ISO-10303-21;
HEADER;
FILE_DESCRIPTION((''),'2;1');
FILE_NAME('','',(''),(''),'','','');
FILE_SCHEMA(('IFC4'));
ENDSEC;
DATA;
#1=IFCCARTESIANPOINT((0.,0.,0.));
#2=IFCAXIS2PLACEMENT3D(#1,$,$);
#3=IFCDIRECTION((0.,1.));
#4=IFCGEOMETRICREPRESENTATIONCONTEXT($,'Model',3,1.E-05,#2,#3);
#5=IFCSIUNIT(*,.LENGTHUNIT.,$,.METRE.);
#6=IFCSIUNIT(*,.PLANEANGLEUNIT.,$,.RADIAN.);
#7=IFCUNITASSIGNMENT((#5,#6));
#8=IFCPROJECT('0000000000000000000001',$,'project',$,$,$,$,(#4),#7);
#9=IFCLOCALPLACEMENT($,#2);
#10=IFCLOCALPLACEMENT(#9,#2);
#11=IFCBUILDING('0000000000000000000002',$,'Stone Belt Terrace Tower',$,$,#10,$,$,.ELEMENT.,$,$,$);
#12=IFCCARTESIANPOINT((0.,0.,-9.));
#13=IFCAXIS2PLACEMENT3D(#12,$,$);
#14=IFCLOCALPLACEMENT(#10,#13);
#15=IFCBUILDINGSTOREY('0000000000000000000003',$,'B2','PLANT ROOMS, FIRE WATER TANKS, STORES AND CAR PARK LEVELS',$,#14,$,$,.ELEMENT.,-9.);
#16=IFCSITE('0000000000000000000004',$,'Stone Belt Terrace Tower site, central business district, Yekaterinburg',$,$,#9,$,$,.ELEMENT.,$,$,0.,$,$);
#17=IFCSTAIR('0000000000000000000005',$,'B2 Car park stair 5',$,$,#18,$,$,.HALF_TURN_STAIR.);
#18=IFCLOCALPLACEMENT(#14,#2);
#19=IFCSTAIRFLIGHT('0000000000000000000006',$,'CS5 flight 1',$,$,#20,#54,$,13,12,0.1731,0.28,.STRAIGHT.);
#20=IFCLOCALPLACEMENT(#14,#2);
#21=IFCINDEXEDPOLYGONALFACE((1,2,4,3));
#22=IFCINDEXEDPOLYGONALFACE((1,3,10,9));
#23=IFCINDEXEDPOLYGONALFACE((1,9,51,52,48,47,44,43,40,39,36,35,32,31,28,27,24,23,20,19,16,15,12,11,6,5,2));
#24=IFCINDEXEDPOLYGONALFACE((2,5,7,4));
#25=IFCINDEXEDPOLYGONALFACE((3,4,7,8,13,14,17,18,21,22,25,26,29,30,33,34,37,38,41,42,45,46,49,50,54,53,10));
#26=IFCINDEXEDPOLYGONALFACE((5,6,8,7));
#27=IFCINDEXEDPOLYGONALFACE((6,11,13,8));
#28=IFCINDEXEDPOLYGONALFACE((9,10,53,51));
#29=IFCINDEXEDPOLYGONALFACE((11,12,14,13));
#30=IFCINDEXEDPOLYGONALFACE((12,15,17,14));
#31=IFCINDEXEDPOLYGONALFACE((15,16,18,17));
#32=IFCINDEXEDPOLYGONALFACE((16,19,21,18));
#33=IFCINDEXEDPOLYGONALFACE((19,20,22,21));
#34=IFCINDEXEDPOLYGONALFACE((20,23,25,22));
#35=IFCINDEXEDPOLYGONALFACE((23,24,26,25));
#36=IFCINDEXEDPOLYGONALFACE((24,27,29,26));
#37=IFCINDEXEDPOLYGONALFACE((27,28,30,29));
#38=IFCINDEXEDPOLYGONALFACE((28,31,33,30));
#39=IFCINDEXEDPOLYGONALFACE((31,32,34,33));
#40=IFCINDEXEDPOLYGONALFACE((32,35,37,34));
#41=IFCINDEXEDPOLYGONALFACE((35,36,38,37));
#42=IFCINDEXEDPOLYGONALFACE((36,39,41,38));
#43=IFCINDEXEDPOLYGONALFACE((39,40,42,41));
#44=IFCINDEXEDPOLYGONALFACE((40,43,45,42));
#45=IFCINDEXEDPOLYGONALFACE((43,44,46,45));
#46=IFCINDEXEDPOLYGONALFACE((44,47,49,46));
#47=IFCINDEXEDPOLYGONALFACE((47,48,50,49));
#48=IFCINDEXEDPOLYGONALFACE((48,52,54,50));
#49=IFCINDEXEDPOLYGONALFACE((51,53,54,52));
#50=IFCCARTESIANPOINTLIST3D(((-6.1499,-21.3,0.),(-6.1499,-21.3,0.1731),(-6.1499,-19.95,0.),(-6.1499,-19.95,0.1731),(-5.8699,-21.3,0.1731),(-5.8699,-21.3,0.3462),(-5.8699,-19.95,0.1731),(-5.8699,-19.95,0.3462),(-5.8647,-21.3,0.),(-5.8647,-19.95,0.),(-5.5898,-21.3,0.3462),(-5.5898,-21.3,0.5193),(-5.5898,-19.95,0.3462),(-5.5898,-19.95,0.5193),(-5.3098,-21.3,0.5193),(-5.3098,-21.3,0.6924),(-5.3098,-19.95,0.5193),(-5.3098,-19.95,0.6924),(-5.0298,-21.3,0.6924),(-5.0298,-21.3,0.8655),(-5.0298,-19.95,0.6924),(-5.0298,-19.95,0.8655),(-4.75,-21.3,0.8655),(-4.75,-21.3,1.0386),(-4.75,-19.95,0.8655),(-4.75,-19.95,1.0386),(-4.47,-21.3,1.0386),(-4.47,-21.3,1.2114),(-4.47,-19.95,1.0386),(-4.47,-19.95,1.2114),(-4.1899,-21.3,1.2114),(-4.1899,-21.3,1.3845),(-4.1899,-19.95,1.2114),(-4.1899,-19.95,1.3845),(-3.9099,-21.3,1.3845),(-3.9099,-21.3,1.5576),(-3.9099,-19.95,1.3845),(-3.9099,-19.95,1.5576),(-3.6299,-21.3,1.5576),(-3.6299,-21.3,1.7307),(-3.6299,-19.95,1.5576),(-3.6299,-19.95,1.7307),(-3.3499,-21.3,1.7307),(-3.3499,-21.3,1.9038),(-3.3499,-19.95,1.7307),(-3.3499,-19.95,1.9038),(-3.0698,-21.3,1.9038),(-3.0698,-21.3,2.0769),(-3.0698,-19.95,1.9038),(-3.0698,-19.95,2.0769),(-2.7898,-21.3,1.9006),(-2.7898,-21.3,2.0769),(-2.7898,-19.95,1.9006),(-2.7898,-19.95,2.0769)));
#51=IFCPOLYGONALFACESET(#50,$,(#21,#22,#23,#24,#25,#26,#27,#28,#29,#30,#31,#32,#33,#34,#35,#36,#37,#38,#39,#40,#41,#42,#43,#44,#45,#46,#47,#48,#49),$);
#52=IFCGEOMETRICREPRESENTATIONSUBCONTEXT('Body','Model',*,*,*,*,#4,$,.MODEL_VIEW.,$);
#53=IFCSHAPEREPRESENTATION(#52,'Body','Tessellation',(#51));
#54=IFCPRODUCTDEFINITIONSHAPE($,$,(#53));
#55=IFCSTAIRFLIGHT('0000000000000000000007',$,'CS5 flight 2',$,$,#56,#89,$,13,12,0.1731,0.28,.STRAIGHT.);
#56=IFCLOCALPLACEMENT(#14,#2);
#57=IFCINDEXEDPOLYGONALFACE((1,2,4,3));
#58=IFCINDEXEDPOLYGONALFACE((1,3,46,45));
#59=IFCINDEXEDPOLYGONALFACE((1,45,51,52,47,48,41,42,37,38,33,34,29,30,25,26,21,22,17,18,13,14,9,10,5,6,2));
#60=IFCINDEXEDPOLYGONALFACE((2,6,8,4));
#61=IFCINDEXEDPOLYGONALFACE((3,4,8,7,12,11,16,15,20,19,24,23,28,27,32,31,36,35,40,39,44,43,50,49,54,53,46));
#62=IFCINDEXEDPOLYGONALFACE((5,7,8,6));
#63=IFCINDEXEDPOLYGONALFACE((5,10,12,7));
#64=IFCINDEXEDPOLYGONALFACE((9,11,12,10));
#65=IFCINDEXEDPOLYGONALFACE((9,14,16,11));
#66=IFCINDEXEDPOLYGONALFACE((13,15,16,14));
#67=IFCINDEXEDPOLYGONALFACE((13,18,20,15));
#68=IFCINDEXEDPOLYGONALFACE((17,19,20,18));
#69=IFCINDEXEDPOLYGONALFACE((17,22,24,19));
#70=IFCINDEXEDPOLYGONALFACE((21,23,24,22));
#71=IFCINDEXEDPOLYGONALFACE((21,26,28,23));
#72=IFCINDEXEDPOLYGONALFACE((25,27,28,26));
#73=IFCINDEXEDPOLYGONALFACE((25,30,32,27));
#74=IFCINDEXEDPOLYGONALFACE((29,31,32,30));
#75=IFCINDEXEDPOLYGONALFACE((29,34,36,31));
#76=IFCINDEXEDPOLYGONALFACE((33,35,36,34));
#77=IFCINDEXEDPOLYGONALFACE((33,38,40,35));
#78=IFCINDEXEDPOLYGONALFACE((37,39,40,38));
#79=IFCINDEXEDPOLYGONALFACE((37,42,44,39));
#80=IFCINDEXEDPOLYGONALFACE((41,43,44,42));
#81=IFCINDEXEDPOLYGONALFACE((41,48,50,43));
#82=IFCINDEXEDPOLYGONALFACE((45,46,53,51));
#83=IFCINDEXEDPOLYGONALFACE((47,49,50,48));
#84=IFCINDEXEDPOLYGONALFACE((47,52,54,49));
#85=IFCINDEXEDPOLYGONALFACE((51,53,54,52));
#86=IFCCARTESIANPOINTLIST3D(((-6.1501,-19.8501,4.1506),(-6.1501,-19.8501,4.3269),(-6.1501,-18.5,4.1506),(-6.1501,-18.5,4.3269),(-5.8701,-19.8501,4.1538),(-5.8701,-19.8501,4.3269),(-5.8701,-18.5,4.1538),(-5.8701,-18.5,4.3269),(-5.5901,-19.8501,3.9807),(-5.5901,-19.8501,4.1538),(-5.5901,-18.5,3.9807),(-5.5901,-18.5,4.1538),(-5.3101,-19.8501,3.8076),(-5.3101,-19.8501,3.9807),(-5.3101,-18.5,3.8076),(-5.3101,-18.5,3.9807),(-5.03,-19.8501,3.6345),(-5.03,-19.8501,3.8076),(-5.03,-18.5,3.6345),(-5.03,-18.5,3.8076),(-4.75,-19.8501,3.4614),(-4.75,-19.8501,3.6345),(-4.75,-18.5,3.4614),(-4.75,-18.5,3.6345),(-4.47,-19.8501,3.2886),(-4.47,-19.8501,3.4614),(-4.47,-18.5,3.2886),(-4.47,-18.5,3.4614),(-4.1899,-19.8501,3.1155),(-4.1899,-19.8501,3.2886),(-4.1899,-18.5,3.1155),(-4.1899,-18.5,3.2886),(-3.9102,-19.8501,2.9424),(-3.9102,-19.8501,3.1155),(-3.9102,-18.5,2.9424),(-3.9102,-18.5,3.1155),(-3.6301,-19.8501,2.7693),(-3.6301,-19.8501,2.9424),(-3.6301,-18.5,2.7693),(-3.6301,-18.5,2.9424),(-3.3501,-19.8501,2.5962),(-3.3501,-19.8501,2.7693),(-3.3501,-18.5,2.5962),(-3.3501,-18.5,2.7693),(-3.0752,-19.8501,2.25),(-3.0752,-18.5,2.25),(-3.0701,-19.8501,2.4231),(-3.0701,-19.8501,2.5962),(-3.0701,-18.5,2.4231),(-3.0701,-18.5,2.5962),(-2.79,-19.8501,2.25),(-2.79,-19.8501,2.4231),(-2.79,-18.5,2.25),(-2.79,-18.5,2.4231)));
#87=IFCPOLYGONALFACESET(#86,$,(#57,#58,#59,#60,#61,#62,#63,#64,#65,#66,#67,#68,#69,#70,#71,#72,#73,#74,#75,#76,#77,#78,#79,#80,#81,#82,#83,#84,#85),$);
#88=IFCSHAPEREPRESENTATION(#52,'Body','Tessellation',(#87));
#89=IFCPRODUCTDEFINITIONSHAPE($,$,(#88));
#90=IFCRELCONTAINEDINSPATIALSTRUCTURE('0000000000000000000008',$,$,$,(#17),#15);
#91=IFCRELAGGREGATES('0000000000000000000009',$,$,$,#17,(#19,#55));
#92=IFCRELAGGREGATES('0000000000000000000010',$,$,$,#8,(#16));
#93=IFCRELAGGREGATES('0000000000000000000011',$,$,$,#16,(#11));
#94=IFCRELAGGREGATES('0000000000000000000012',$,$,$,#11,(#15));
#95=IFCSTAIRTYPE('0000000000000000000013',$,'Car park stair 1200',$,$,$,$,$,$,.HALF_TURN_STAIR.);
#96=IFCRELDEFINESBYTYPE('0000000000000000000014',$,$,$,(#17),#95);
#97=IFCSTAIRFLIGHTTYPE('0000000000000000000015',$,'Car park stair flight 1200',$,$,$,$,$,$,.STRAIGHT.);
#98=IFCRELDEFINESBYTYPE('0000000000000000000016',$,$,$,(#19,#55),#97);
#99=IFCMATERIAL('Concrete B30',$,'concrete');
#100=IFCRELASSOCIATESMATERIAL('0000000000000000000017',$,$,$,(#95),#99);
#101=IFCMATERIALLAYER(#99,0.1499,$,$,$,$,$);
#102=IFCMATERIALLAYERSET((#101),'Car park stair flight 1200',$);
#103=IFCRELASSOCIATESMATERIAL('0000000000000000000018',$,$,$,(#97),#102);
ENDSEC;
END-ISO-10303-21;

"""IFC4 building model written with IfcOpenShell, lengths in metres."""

from ifc_helpers import new_model, si_unit, direction, frame, origin, place, context, subcontext, project, spatial, polyline, outline, extrude, material, layer, layer_set, type_object, element, aggregate, save


model = new_model("IFC4")

# Units and contexts
model_context = context("Model", 3, precision=1e-05, world=origin(), true_north=direction((0.0, 1.0)))
body_context = subcontext(model_context, "Body", "Model", "MODEL_VIEW")
ifc_project = project(units=[si_unit("LENGTHUNIT", "METRE"), si_unit("PLANEANGLEUNIT", "RADIAN")], contexts=[model_context])

# Site, building, storey
site_placement = place(None, origin())
site = spatial("IfcSite", under=ifc_project, at=site_placement, Name="Stone Belt Terrace Tower site, central business district, Yekaterinburg", CompositionType="ELEMENT", RefElevation=0.0)
building_placement = place(site_placement, origin())
building = spatial("IfcBuilding", under=site, at=building_placement, Name="Stone Belt Terrace Tower", CompositionType="ELEMENT")
storey_placement = place(building_placement, frame((0.0, 0.0, -9.0)))
storey = spatial("IfcBuildingStorey", under=building, at=storey_placement, Name="B2", Description="PLANT ROOMS, FIRE WATER TANKS, STORES AND CAR PARK LEVELS", CompositionType="ELEMENT", Elevation=-9.0)

# Shared definitions
ifc_material_1 = material(Name="Concrete B30", Category="concrete")

# Stair, stair flights
stair_type = type_object("IfcStairType", Name="Car park stair 1200", PredefinedType="HALF_TURN_STAIR", material=ifc_material_1)
stair_placement = place(storey_placement, origin())
stair = element("IfcStair", 1, at=stair_placement, inside=storey, type_object=stair_type, Name="B2 Car park stair 5", PredefinedType="HALF_TURN_STAIR")
ifc_layer_1 = layer(ifc_material_1, 0.1499)
ifc_layer_set_1 = layer_set([ifc_layer_1], Name="Car park stair flight 1200")
stair_flight_type = type_object("IfcStairFlightType", Name="Car park stair flight 1200", PredefinedType="STRAIGHT", material=ifc_layer_set_1)
stair_flight_1_placement = place(storey_placement, frame((-6.1499, -20.625, 0.0), z_axis=(0.0, 0.0, 1.0), x_axis=(1.0, 0.0, 0.0)))
stair_flight_1 = element("IfcStairFlight", 2, at=stair_flight_1_placement, type_object=stair_flight_type, Name="CS5 flight 1", NumberOfRisers=13, NumberOfTreads=12, PredefinedType="STRAIGHT", RiserHeight=0.1731, TreadLength=0.28, context=body_context, shape_type="SweptSolid", body=[
    extrude(outline(polyline([(0.0, 0.0), (0.0, 0.1731), (0.28, 0.1731), (0.28, 0.3462), (0.5601, 0.3462), (0.5601, 0.5193), (0.8401, 0.5193), (0.8401, 0.6924), (1.1201, 0.6924), (1.1201, 0.8655), (1.3999, 0.8655), (1.3999, 1.0386), (1.6799, 1.0386), (1.6799, 1.2114), (1.96, 1.2114), (1.96, 1.3845), (2.24, 1.3845), (2.24, 1.5576), (2.52, 1.5576), (2.52, 1.7307), (2.8, 1.7307), (2.8, 1.9038), (3.0801, 1.9038), (3.0801, 2.0769), (3.3601, 2.0769), (3.3601, 2.25), (3.3601, 1.9006), (0.2852, 0.0), (0.0, 0.0)])), frame((0.0, 0.675, 0.0), z_axis=(0.0, -1.0, 0.0), x_axis=(1.0, 0.0, 0.0)), (0.0, 0.0, 1.0), 1.3501),
])
stair_flight_2_placement = place(storey_placement, frame((-2.79, -19.175, 2.25), z_axis=(0.0, 0.0, 1.0), x_axis=(-1.0, 0.0, 0.0)))
stair_flight_2 = element("IfcStairFlight", 3, at=stair_flight_2_placement, type_object=stair_flight_type, Name="CS5 flight 2", NumberOfRisers=13, NumberOfTreads=12, PredefinedType="STRAIGHT", RiserHeight=0.1731, TreadLength=0.28, context=body_context, shape_type="SweptSolid", body=[
    extrude(outline(polyline([(0.0, 0.0), (0.0, 0.1731), (0.28, 0.1731), (0.28, 0.3462), (0.5601, 0.3462), (0.5601, 0.5193), (0.8401, 0.5193), (0.8401, 0.6924), (1.1201, 0.6924), (1.1201, 0.8655), (1.3999, 0.8655), (1.3999, 1.0386), (1.6799, 1.0386), (1.6799, 1.2114), (1.96, 1.2114), (1.96, 1.3845), (2.24, 1.3845), (2.24, 1.5576), (2.52, 1.5576), (2.52, 1.7307), (2.8, 1.7307), (2.8, 1.9038), (3.0801, 1.9038), (3.0801, 2.0769), (3.3601, 2.0769), (3.3601, 2.25), (3.3601, 1.9006), (0.2852, 0.0), (0.0, 0.0)])), frame((0.0, 0.675, 0.0), z_axis=(0.0, -1.0, 0.0), x_axis=(1.0, 0.0, 0.0)), (0.0, 0.0, 1.0), 1.3501),
])
aggregate(stair, [stair_flight_1, stair_flight_2])

save(model, "model.ifc")
